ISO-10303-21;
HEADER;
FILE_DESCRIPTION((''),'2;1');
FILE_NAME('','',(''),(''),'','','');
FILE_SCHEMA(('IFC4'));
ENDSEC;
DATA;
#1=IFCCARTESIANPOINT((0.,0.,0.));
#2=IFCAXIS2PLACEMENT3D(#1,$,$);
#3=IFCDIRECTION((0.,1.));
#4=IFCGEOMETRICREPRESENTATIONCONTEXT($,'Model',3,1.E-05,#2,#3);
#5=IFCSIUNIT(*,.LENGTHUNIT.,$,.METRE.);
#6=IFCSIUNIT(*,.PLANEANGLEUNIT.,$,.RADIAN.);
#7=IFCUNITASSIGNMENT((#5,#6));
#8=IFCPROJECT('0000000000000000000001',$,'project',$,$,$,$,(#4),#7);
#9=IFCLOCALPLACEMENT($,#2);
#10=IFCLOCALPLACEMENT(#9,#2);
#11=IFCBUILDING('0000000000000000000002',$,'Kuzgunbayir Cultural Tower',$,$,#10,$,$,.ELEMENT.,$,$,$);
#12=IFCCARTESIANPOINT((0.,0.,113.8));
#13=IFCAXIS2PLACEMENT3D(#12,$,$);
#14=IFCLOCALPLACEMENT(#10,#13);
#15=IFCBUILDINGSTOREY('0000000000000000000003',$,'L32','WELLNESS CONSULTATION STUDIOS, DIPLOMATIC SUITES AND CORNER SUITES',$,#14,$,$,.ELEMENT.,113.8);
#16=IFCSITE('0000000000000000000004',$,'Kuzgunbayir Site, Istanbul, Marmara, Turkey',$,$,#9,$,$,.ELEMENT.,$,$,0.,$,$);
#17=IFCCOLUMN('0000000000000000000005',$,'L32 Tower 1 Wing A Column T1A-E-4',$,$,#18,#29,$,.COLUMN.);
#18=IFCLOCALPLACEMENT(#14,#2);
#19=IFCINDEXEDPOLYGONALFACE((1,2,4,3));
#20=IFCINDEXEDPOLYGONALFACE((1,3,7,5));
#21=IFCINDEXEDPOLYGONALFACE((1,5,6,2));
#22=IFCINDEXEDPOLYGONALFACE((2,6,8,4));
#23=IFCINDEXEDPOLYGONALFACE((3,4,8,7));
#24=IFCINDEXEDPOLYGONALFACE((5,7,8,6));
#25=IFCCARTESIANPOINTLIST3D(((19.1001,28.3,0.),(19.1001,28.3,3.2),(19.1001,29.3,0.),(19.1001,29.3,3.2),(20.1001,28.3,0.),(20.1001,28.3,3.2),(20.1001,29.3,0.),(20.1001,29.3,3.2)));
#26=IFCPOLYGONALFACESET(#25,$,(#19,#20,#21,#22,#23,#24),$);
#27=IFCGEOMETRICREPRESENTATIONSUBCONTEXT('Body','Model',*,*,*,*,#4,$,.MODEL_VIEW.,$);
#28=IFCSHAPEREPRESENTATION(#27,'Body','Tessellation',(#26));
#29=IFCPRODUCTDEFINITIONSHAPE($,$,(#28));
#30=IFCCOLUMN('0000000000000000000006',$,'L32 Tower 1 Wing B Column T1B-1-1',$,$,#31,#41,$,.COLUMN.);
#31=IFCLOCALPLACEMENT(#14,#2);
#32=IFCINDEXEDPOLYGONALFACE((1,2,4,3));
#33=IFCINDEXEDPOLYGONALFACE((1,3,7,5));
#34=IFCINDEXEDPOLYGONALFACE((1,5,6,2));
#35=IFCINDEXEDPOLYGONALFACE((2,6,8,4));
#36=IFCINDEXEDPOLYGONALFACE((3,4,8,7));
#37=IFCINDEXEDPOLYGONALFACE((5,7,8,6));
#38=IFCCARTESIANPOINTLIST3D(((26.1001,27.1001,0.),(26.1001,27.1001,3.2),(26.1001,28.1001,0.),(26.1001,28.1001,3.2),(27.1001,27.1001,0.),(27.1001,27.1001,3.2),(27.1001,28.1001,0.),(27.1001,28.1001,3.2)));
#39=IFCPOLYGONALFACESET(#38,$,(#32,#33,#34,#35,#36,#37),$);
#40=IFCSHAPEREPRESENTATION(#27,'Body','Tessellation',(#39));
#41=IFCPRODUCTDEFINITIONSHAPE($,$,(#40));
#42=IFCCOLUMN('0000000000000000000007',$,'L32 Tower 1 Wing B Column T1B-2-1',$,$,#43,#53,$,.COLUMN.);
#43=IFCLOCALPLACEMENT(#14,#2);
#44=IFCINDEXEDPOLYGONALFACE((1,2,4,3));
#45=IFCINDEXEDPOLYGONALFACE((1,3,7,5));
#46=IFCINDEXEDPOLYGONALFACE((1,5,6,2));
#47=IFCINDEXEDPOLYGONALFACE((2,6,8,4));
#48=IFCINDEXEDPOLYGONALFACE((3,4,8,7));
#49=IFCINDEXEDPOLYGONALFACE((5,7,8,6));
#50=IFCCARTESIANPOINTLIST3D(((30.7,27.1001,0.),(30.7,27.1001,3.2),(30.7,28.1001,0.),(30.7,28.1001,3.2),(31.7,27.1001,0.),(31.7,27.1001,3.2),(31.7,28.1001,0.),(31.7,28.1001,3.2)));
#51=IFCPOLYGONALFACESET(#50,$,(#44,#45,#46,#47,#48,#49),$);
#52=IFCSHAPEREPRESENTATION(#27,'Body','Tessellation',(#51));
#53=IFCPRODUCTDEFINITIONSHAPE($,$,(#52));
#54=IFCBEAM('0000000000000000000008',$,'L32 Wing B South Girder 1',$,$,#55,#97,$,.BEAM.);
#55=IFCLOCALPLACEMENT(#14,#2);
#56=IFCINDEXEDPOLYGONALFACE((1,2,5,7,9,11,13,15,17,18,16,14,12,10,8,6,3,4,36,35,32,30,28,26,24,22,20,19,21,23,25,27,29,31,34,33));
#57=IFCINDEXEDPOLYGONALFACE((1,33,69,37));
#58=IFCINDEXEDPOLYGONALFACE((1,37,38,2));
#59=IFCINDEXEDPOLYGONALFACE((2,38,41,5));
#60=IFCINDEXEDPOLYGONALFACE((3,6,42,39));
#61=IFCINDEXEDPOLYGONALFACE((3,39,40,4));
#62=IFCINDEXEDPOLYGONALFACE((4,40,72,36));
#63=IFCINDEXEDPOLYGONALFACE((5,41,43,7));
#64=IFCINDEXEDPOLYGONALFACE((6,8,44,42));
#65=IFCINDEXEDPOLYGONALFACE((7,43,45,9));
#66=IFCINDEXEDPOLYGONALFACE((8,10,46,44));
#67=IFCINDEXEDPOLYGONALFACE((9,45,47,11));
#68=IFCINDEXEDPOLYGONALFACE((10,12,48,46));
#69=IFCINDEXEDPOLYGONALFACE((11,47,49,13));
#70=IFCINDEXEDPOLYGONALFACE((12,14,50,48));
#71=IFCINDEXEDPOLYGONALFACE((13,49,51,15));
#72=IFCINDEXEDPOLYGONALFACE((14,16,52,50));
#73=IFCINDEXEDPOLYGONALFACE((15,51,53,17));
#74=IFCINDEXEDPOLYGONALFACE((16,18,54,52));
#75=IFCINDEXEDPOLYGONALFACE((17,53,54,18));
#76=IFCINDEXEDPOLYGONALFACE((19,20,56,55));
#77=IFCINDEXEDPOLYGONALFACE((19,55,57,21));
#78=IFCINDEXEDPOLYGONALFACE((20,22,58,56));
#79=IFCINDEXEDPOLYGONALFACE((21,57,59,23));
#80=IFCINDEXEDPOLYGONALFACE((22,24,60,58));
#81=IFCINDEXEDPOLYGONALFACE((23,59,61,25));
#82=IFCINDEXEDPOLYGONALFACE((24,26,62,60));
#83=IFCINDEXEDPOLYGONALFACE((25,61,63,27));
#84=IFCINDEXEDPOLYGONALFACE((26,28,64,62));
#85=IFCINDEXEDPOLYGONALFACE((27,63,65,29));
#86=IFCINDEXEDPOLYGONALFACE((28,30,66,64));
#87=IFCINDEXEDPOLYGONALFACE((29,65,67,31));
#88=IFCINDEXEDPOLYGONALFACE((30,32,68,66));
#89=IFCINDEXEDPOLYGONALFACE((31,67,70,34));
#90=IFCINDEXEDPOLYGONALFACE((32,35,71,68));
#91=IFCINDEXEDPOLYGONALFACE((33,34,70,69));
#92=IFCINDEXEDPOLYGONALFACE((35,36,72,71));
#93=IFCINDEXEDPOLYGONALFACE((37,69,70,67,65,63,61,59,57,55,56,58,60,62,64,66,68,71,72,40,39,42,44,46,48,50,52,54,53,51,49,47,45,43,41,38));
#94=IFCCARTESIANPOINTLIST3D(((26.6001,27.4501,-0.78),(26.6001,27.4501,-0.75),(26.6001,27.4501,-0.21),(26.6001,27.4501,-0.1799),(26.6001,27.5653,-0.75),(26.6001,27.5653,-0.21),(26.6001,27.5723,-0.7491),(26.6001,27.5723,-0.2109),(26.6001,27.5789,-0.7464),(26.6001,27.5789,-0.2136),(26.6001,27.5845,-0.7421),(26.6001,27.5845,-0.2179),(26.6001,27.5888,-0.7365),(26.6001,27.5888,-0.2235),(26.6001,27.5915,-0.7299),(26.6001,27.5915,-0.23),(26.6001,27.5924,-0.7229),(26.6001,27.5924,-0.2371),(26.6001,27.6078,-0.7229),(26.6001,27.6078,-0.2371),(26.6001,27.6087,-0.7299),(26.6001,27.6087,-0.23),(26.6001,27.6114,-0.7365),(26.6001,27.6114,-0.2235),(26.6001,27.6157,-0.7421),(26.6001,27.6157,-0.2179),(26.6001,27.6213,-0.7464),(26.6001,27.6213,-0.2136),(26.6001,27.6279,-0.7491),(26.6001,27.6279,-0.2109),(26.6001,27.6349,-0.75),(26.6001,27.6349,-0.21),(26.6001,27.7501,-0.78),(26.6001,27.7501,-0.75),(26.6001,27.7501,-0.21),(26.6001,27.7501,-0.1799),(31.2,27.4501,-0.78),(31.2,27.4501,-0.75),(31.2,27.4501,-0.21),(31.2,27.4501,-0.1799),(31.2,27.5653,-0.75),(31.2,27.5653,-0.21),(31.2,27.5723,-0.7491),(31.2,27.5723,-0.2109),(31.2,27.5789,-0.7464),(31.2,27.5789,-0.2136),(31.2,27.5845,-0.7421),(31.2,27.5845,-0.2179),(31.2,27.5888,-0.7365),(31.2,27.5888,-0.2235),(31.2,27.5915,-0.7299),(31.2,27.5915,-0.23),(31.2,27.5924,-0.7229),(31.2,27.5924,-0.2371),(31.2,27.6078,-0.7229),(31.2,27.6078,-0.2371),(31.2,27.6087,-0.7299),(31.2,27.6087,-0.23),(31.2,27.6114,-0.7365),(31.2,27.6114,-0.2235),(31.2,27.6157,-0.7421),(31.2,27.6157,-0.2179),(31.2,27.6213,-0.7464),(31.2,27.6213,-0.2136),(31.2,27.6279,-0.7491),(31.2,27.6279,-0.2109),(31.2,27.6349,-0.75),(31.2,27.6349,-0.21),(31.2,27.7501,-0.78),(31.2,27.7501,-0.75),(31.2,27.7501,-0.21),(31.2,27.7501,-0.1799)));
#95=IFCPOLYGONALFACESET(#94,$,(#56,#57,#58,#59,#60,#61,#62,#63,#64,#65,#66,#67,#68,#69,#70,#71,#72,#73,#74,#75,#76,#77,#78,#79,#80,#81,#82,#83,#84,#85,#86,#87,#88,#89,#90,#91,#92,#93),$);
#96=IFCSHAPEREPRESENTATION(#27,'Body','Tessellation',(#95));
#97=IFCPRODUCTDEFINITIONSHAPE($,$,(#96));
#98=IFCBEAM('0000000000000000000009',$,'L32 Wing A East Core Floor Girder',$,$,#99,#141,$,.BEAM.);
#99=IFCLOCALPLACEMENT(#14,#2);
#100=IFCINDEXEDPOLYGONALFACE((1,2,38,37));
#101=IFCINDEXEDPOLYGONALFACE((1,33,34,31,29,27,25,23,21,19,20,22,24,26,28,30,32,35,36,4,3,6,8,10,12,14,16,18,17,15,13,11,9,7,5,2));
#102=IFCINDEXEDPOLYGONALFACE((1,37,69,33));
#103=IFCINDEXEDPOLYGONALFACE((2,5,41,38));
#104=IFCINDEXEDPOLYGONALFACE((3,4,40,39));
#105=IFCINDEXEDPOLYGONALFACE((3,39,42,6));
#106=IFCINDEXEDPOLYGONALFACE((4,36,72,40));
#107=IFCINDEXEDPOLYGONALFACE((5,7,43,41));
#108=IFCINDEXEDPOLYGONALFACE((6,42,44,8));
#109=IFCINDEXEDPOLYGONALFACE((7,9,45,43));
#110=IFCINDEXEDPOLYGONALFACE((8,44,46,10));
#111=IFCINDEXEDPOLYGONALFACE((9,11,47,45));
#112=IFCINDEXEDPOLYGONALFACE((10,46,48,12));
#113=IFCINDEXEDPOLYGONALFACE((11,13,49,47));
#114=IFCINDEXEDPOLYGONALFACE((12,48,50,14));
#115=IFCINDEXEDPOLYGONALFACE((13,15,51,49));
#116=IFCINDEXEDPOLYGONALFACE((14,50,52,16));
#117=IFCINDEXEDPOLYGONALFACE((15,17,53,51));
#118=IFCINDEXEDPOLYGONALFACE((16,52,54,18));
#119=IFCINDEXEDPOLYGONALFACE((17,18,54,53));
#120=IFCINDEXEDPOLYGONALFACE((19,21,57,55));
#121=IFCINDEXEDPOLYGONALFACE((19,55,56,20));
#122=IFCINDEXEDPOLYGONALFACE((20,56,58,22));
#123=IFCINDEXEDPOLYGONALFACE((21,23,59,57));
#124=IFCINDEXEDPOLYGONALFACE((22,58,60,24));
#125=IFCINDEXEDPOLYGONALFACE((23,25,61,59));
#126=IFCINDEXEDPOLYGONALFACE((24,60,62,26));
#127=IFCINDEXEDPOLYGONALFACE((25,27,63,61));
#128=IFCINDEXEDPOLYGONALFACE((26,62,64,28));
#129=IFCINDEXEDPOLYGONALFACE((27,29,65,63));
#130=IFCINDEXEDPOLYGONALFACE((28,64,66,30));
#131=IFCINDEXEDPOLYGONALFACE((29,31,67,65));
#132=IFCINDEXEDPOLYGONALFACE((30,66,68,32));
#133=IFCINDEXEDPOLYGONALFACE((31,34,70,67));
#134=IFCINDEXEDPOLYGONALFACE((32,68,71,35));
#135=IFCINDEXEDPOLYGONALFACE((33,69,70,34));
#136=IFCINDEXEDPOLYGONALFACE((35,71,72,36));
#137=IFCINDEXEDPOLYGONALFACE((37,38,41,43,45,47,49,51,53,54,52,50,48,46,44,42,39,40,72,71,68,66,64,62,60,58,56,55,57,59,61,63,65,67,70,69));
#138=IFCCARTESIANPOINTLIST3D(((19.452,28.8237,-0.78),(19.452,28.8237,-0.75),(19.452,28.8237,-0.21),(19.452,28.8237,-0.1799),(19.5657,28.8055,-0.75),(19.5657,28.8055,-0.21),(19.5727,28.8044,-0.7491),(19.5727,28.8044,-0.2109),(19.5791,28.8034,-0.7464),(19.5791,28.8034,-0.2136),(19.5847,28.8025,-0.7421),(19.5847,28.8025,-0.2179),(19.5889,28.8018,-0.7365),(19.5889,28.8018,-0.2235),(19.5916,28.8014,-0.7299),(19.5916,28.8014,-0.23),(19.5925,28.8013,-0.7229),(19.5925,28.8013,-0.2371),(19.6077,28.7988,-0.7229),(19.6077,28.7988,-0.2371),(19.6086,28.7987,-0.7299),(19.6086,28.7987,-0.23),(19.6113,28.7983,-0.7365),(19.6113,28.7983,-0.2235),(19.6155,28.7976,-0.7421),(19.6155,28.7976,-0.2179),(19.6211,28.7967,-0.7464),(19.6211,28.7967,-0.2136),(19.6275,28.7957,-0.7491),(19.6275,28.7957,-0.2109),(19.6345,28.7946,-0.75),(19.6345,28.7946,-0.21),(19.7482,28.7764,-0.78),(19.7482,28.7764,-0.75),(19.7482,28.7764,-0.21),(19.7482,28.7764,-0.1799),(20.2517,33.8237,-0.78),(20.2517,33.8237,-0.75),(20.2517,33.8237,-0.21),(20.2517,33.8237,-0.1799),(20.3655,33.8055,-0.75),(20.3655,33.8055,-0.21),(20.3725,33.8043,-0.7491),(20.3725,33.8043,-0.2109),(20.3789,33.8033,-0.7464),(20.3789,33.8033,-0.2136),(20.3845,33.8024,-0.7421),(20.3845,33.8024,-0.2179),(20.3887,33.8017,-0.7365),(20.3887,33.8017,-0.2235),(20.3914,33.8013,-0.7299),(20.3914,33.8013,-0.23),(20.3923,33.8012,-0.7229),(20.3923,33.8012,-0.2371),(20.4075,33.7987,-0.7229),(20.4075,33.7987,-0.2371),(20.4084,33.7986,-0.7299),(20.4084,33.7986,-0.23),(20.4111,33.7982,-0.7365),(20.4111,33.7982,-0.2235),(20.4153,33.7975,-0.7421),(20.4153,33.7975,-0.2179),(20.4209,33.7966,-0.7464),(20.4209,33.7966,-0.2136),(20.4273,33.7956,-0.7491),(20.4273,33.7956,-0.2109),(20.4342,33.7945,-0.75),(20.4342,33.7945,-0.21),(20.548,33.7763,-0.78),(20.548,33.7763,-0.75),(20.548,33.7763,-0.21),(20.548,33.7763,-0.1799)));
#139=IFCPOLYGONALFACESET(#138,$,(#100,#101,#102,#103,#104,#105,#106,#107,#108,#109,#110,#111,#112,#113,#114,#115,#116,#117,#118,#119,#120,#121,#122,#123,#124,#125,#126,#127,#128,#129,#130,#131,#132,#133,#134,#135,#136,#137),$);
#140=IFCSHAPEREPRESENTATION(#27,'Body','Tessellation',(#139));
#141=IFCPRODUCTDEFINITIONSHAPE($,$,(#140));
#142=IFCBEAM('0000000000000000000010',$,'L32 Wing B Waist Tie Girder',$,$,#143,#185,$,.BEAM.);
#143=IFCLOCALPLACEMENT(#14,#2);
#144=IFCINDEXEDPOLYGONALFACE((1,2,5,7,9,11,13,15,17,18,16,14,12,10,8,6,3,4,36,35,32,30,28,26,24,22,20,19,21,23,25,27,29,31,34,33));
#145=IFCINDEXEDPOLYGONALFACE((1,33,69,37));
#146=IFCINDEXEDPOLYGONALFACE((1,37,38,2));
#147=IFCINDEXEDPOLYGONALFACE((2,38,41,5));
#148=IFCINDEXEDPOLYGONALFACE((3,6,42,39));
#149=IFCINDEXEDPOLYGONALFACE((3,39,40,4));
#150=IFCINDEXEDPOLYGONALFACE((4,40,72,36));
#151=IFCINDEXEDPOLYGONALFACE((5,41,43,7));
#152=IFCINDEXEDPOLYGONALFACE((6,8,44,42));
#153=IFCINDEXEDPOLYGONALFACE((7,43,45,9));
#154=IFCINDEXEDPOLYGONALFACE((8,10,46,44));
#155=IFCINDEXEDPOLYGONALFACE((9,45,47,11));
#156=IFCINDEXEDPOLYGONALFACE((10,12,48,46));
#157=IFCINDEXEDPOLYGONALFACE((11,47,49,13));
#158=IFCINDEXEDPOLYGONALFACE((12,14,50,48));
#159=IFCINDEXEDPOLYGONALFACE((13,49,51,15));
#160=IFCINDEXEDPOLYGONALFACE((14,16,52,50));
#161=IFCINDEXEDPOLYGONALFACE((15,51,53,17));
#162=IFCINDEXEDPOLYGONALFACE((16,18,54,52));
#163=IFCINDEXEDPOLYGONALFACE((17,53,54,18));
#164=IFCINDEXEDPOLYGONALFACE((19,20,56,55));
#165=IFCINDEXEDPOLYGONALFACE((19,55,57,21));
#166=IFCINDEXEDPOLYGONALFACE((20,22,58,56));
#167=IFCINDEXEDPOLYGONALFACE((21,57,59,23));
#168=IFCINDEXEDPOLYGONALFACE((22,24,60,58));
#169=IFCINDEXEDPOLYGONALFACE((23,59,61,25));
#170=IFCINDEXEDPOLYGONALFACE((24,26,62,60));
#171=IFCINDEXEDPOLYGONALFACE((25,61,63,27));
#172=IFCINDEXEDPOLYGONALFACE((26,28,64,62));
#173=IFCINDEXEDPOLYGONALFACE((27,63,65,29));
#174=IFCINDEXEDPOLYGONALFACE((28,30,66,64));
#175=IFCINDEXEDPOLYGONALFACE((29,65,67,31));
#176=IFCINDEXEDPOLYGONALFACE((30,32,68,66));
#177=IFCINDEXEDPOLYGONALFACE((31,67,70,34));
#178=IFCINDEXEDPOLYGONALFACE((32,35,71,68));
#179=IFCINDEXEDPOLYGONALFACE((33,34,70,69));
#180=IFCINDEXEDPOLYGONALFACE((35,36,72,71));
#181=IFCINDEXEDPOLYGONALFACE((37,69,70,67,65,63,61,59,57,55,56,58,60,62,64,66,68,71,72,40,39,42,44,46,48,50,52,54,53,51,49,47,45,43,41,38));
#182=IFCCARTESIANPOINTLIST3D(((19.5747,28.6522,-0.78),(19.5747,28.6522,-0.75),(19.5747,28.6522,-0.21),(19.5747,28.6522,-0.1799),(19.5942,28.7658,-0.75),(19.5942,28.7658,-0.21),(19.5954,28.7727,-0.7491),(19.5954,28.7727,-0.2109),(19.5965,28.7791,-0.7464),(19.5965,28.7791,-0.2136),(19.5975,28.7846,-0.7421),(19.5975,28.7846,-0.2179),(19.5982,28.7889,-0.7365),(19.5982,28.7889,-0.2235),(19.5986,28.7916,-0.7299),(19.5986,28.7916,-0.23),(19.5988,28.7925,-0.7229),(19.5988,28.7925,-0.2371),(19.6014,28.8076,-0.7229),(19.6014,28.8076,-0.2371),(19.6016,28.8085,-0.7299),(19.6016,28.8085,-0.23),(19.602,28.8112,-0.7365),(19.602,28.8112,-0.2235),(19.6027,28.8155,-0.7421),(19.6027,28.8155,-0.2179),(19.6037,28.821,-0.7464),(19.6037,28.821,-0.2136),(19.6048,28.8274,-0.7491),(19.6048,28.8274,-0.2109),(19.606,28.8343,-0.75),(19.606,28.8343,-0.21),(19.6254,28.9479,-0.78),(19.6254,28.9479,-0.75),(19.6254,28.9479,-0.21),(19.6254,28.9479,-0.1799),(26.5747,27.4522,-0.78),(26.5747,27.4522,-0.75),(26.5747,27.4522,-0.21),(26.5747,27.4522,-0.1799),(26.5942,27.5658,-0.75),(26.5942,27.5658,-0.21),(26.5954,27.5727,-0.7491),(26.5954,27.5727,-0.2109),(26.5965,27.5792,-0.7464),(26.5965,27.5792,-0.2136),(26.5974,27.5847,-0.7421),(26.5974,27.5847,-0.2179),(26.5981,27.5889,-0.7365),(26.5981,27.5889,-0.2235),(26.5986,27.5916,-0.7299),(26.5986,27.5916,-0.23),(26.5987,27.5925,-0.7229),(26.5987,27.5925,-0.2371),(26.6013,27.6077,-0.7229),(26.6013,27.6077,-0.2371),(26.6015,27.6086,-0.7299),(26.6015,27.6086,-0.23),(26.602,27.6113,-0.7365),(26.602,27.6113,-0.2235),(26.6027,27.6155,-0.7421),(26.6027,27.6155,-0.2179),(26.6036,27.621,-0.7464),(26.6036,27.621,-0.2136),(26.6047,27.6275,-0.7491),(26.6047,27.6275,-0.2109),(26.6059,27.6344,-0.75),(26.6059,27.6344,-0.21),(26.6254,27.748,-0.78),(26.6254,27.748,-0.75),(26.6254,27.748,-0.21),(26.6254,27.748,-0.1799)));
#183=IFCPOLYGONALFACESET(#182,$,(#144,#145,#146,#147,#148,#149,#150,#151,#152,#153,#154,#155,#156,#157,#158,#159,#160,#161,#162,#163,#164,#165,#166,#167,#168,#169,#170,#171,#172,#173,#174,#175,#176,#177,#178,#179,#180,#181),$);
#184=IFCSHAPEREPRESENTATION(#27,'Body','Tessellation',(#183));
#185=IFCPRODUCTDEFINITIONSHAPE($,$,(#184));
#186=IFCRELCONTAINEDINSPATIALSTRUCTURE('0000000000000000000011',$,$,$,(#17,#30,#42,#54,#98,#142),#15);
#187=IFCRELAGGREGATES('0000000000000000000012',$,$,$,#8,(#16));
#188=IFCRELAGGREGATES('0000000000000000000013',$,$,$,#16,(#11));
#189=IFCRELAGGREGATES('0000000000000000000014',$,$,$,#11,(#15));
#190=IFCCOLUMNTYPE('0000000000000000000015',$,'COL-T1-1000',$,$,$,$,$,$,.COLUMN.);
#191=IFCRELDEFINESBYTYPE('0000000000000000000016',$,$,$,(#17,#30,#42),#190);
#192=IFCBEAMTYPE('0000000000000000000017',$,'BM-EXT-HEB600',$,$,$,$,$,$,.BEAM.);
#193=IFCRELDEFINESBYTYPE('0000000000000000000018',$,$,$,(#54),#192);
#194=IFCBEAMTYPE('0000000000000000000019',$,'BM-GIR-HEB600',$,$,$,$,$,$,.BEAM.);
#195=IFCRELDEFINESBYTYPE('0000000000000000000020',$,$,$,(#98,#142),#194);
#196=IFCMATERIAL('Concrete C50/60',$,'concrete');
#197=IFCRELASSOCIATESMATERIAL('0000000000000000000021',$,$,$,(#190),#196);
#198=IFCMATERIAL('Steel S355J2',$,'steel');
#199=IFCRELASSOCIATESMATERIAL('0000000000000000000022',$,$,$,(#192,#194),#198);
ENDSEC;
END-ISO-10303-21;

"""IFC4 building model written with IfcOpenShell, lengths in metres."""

from ifc_helpers import new_model, si_unit, direction, frame, origin, origin_2d, place, context, subcontext, project, spatial, rectangle, i_section, extrude, material, material_profile, profile_set, type_object, element, save


model = new_model("IFC4")

# Units and contexts
model_context = context("Model", 3, precision=1e-05, world=origin(), true_north=direction((0.0, 1.0)))
body_context = subcontext(model_context, "Body", "Model", "MODEL_VIEW")
ifc_project = project(units=[si_unit("LENGTHUNIT", "METRE"), si_unit("PLANEANGLEUNIT", "RADIAN")], contexts=[model_context])

# Site, building, storey
site_placement = place(None, origin())
site = spatial("IfcSite", under=ifc_project, at=site_placement, Name="Kuzgunbayir Site, Istanbul, Marmara, Turkey", CompositionType="ELEMENT", RefElevation=0.0)
building_placement = place(site_placement, origin())
building = spatial("IfcBuilding", under=site, at=building_placement, Name="Kuzgunbayir Cultural Tower", CompositionType="ELEMENT")
storey_placement = place(building_placement, frame((0.0, 0.0, 113.8)))
storey = spatial("IfcBuildingStorey", under=building, at=storey_placement, Name="L32", Description="WELLNESS CONSULTATION STUDIOS, DIPLOMATIC SUITES AND CORNER SUITES", CompositionType="ELEMENT", Elevation=113.8)

# Columns
ifc_material_1 = material(Name="Concrete C50/60", Category="concrete")
ifc_material_profile_1 = material_profile(ifc_material_1, rectangle(XDim=1.0, YDim=1.0, at=origin_2d()), Name="RC 1000x1000")
ifc_profile_set_1 = profile_set([ifc_material_profile_1], Name="Concrete C50/60")
column_type = type_object("IfcColumnType", Name="COL-T1-1000", PredefinedType="COLUMN", material=ifc_profile_set_1)
for number, where, z_axis, x_axis, name in (
    (1, (19.6001, 28.8, 0.0), (0.0, 0.0, 1.0), (1.0, 0.0, 0.0), "L32 Tower 1 Wing A Column T1A-E-4"),
    (2, (26.6001, 27.6001, 0.0), (0.0, 0.0, 1.0), (1.0, 0.0, 0.0), "L32 Tower 1 Wing B Column T1B-1-1"),
    (3, (31.2, 27.6001, 0.0), (0.0, 0.0, 1.0), (1.0, 0.0, 0.0), "L32 Tower 1 Wing B Column T1B-2-1"),
):
    element("IfcColumn", number, at=place(storey_placement, frame(where, z_axis=z_axis, x_axis=x_axis)), inside=storey, type_object=column_type, Name=name, PredefinedType="COLUMN", context=body_context, shape_type="SweptSolid", body=[
        extrude(rectangle(XDim=1.0, YDim=1.0, at=origin_2d()), origin(), (0.0, 0.0, 1.0), 3.2),
    ])

# Beams
ifc_material_2 = material(Name="Steel S355J2", Category="steel")
ifc_material_profile_2 = material_profile(ifc_material_2, i_section(OverallWidth=0.3, OverallDepth=0.6001, WebThickness=0.0154, FlangeThickness=0.03, FilletRadius=0.0271, at=origin_2d()), Name="HEB 600")
ifc_profile_set_2 = profile_set([ifc_material_profile_2], Name="Steel S355J2")
beam_type_1 = type_object("IfcBeamType", Name="BM-EXT-HEB600", PredefinedType="BEAM", material=ifc_profile_set_2)
beam_1_placement = place(storey_placement, frame((26.6001, 27.6001, -0.48), z_axis=(1.0, 0.0, 0.0), x_axis=(0.0, 1.0, 0.0)))
element("IfcBeam", 4, at=beam_1_placement, inside=storey, type_object=beam_type_1, Name="L32 Wing B South Girder 1", PredefinedType="BEAM", context=body_context, shape_type="SweptSolid", body=[
    extrude(i_section(OverallWidth=0.3, OverallDepth=0.6001, WebThickness=0.0154, FlangeThickness=0.03, FilletRadius=0.0271, at=origin_2d()), origin(), (0.0, 0.0, 1.0), 4.5999),
])
ifc_material_profile_3 = material_profile(ifc_material_2, i_section(OverallWidth=0.3, OverallDepth=0.6001, WebThickness=0.0154, FlangeThickness=0.03, FilletRadius=0.0271, at=origin_2d()), Name="HEB 600")
ifc_profile_set_3 = profile_set([ifc_material_profile_3], Name="Steel S355J2")
beam_type_2 = type_object("IfcBeamType", Name="BM-GIR-HEB600", PredefinedType="BEAM", material=ifc_profile_set_3)
beam_2_placement = place(storey_placement, frame((19.6001, 28.8, -0.48), z_axis=(0.157953, 0.987447, 0.0), x_axis=(-0.987447, 0.157953, 0.0)))
element("IfcBeam", 5, at=beam_2_placement, inside=storey, type_object=beam_type_2, Name="L32 Wing A East Core Floor Girder", PredefinedType="BEAM", context=body_context, shape_type="SweptSolid", body=[
    extrude(i_section(OverallWidth=0.3, OverallDepth=0.6001, WebThickness=0.0154, FlangeThickness=0.03, FilletRadius=0.0271, at=origin_2d()), origin(), (0.0, 0.0, 1.0), 5.0635),
])
beam_3_placement = place(storey_placement, frame((19.6001, 28.8, -0.48), z_axis=(0.985623, -0.168957, 0.0), x_axis=(0.168957, 0.985623, 0.0)))
element("IfcBeam", 6, at=beam_3_placement, inside=storey, type_object=beam_type_2, Name="L32 Wing B Waist Tie Girder", PredefinedType="BEAM", context=body_context, shape_type="SweptSolid", body=[
    extrude(i_section(OverallWidth=0.3, OverallDepth=0.6001, WebThickness=0.0154, FlangeThickness=0.03, FilletRadius=0.0271, at=origin_2d()), origin(), (0.0, 0.0, 1.0), 7.1021),
])

save(model, "model.ifc")
